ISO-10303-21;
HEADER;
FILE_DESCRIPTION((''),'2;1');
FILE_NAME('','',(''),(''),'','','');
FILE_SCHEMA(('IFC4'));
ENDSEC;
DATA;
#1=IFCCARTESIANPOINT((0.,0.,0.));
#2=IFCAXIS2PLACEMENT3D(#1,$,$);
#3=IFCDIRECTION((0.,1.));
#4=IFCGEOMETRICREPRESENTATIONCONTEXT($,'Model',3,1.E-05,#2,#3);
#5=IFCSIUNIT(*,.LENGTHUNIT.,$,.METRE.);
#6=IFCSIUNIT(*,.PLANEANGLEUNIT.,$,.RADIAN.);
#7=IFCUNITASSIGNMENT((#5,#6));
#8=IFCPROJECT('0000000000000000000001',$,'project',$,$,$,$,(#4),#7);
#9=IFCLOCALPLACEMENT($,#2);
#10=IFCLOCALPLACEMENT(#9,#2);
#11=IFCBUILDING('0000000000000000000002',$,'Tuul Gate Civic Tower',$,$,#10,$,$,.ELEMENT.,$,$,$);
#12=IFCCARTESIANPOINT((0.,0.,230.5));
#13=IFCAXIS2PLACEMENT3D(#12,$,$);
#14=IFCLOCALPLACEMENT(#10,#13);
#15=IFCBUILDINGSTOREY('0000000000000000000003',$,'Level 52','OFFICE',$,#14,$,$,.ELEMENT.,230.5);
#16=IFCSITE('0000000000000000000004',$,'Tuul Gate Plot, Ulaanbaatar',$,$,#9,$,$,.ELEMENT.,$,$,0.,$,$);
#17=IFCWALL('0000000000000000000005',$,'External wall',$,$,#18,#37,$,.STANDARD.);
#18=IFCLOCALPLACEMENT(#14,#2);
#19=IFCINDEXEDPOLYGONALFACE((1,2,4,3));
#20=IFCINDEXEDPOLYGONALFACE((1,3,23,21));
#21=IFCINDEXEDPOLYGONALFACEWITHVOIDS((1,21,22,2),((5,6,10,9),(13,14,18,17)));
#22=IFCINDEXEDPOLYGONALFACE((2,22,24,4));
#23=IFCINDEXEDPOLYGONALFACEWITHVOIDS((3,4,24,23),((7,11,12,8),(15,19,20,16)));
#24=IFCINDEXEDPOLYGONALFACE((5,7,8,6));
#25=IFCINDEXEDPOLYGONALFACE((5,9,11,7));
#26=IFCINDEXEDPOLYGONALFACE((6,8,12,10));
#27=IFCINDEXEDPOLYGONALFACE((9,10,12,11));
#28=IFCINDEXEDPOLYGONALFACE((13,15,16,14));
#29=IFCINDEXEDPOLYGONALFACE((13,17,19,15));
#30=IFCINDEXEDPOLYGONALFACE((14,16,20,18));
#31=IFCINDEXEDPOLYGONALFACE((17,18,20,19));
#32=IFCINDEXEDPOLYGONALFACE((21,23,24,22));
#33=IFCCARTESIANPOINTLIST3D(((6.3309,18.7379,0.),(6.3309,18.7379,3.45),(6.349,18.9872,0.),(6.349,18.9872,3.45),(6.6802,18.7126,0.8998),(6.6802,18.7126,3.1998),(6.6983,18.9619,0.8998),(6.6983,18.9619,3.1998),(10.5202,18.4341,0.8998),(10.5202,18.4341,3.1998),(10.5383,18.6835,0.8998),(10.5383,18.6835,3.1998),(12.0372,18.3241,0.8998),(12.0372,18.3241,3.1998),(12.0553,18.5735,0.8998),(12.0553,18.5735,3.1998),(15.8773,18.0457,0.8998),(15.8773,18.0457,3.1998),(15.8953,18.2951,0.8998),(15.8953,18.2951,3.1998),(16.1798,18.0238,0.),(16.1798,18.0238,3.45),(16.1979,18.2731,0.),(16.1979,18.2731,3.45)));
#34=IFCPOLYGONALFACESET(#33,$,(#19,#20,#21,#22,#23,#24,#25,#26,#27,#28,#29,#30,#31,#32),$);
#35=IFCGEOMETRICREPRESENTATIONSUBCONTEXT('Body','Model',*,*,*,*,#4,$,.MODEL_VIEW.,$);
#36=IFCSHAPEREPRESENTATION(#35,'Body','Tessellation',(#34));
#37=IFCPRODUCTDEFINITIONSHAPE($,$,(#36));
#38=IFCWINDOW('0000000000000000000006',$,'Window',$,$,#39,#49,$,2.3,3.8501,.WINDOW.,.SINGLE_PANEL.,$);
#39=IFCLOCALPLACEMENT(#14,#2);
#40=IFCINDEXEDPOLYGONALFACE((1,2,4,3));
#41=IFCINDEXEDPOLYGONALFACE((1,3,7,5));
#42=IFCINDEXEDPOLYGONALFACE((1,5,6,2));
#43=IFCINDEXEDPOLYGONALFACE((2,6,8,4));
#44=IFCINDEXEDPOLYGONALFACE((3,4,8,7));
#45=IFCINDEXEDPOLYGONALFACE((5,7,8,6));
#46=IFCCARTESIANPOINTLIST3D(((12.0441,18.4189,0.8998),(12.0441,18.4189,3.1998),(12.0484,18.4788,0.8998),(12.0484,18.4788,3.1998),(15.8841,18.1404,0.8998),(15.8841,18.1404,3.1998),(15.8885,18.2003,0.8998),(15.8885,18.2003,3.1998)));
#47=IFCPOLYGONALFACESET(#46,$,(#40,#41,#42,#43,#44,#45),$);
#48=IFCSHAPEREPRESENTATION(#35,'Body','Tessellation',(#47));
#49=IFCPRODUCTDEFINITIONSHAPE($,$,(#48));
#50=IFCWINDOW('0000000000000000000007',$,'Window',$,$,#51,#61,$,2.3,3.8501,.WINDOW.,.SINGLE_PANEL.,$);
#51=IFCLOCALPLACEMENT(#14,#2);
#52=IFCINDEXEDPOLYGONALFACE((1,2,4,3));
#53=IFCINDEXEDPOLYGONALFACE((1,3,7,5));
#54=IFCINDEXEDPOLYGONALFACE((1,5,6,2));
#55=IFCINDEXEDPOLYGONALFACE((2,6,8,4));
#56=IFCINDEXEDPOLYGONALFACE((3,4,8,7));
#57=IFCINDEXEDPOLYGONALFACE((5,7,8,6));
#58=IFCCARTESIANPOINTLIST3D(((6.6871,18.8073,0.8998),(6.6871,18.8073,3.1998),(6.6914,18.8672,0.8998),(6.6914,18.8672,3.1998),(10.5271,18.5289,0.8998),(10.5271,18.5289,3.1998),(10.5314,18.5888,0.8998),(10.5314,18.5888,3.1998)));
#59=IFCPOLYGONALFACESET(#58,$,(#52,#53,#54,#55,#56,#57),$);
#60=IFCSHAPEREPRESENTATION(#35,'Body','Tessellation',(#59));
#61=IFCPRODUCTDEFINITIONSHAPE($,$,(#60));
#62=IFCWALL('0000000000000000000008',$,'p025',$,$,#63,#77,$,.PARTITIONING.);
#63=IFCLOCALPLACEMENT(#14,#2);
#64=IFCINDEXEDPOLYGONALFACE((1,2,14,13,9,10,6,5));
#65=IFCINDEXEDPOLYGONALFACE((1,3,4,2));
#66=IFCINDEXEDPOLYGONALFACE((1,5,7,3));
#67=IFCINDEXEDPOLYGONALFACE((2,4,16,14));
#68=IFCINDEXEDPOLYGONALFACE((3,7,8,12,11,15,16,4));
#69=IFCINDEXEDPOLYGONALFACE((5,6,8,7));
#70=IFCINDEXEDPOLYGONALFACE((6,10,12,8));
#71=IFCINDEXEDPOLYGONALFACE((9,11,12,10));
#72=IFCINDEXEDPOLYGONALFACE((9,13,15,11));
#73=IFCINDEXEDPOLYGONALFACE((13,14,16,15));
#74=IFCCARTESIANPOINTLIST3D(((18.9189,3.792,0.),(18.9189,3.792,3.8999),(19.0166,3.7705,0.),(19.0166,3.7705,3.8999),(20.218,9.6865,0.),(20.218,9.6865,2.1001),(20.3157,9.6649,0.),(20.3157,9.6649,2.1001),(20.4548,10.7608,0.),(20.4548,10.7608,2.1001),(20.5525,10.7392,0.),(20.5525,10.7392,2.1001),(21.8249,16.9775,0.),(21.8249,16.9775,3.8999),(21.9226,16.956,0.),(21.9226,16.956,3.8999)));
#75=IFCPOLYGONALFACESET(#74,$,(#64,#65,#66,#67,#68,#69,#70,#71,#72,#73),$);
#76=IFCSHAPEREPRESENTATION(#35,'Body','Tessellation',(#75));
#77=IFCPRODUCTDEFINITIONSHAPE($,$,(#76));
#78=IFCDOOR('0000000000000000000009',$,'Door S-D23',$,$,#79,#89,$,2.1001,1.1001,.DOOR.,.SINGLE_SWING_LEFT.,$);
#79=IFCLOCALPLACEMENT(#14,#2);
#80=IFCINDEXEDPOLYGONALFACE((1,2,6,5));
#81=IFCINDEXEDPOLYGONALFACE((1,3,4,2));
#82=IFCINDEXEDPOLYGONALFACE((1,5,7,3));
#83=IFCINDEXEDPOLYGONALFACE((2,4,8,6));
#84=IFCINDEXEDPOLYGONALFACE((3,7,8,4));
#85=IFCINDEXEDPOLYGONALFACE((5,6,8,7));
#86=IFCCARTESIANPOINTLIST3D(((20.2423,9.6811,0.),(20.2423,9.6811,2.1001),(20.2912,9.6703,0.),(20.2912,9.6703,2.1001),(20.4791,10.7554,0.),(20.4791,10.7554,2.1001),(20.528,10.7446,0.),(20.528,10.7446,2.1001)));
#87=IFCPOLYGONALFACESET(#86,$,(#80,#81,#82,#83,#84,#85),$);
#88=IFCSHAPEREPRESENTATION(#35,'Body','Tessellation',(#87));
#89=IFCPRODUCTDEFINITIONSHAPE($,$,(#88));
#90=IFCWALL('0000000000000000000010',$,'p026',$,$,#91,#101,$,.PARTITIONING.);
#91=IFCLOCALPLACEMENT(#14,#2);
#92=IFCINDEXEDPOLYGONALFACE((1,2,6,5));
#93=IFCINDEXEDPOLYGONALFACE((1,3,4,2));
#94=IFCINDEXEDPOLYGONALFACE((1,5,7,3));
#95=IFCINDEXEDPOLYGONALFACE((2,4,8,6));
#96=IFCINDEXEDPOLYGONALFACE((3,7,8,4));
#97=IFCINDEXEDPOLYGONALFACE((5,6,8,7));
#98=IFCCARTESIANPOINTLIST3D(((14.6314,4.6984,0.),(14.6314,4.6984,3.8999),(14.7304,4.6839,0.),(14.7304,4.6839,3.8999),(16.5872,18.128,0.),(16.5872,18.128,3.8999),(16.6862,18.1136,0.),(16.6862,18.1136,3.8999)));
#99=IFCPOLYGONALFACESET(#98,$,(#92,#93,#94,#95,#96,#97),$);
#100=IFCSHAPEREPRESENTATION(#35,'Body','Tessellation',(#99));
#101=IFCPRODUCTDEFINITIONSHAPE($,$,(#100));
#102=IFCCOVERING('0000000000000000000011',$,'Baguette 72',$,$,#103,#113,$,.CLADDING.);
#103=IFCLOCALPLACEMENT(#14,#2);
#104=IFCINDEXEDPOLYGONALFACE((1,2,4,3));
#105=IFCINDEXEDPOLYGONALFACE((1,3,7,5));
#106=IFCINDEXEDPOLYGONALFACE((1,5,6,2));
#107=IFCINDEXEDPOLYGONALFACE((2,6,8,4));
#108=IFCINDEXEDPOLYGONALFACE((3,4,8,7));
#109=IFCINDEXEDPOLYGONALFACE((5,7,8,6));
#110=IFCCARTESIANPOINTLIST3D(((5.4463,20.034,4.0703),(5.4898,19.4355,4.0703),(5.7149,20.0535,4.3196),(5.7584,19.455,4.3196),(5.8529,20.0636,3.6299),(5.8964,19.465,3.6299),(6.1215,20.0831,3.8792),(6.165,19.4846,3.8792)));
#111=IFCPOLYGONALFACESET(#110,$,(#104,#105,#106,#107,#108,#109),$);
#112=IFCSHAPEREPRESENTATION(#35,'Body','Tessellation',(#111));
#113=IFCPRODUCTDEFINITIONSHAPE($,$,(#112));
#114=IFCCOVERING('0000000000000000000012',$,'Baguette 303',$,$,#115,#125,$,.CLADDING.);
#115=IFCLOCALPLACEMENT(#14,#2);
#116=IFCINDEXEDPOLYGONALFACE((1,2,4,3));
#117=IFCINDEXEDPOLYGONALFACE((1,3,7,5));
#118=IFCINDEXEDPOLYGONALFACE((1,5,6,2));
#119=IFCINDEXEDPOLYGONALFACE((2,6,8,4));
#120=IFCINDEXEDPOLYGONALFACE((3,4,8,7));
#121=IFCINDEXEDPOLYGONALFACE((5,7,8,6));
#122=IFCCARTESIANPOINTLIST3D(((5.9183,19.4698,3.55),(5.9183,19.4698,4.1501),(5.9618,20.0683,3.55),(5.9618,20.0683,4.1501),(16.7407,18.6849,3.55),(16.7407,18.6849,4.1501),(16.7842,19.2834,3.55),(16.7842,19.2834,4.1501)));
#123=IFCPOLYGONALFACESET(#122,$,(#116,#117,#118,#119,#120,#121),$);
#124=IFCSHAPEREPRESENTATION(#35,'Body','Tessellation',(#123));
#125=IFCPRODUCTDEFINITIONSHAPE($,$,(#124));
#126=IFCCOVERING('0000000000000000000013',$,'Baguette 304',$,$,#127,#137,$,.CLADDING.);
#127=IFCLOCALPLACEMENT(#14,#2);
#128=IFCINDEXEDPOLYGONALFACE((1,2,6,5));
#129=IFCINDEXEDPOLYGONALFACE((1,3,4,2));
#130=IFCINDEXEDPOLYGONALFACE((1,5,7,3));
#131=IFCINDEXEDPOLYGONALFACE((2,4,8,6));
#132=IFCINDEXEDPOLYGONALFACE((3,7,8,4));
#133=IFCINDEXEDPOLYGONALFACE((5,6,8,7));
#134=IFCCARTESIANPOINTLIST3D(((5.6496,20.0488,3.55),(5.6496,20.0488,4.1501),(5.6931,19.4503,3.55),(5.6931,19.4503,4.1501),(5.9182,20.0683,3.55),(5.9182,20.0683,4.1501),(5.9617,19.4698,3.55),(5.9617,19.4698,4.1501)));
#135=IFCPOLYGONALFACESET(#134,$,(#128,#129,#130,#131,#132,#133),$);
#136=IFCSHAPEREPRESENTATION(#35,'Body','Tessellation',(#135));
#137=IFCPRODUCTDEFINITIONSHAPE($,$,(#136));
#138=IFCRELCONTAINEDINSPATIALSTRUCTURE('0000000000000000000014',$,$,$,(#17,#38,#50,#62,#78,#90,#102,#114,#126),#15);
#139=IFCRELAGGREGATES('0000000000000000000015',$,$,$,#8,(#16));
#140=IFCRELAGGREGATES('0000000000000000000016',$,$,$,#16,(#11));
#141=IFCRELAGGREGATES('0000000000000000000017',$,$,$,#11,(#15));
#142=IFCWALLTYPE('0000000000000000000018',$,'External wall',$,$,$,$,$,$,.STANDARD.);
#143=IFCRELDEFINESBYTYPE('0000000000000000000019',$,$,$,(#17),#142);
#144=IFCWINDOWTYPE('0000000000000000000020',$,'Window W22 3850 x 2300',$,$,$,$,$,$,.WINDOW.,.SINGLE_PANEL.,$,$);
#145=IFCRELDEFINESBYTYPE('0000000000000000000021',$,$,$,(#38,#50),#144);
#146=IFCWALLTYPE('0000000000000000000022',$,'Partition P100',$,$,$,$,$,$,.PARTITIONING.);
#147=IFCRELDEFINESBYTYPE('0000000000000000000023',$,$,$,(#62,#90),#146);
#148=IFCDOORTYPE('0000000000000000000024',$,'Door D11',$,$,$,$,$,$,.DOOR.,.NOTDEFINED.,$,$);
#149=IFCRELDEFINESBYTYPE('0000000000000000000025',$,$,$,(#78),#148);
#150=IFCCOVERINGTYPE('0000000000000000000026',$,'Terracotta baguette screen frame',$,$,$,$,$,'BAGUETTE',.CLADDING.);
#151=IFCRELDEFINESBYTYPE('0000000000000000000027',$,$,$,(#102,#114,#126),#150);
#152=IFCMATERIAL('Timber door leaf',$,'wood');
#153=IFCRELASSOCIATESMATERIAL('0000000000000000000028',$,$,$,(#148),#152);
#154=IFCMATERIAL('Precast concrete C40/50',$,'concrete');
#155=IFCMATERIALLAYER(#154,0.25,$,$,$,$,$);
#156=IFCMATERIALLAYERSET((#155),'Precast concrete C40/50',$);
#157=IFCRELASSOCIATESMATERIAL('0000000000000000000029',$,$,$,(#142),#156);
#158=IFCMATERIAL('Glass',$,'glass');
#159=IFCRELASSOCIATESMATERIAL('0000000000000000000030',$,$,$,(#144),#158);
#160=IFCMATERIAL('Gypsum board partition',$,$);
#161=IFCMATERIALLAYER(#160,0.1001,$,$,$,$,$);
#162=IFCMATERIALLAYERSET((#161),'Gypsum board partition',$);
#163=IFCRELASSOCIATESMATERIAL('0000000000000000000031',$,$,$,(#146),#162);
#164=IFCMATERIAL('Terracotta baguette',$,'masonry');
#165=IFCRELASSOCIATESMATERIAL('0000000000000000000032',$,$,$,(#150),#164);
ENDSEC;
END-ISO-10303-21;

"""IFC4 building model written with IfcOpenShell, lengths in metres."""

from ifc_helpers import new_model, si_unit, direction, frame, frame_2d, origin, origin_2d, place, context, subcontext, project, spatial, rectangle, extrude, material, layer, layer_set, material_profile, profile_set, type_object, element, fill, save


model = new_model("IFC4")

# Units and contexts
model_context = context("Model", 3, precision=1e-05, world=origin(), true_north=direction((0.0, 1.0)))
body_context = subcontext(model_context, "Body", "Model", "MODEL_VIEW")
ifc_project = project(units=[si_unit("LENGTHUNIT", "METRE"), si_unit("PLANEANGLEUNIT", "RADIAN")], contexts=[model_context])

# Site, building, storey
site_placement = place(None, origin())
site = spatial("IfcSite", under=ifc_project, at=site_placement, Name="Tuul Gate Plot, Ulaanbaatar", CompositionType="ELEMENT", RefElevation=0.0)
building_placement = place(site_placement, origin())
building = spatial("IfcBuilding", under=site, at=building_placement, Name="Tuul Gate Civic Tower", CompositionType="ELEMENT")
storey_placement = place(building_placement, frame((0.0, 0.0, 230.5)))
storey = spatial("IfcBuildingStorey", under=building, at=storey_placement, Name="Level 52", Description="OFFICE", CompositionType="ELEMENT", Elevation=230.5)

# Shared definitions
ifc_material_1 = material(Name="Timber door leaf", Category="wood")
door_type_1 = type_object("IfcDoorType", Name="Door D11", OperationType="NOTDEFINED", PredefinedType="DOOR", material=ifc_material_1)

# Wall, openings, windows
ifc_material_2 = material(Name="Precast concrete C40/50", Category="concrete")
ifc_layer_1 = layer(ifc_material_2, 0.25)
ifc_layer_set_1 = layer_set([ifc_layer_1], Name="Precast concrete C40/50")
wall_type_1 = type_object("IfcWallType", Name="External wall", PredefinedType="STANDARD", material=ifc_layer_set_1)
wall_1_placement = place(storey_placement, frame((16.189, 18.1484, 0.0), z_axis=(0.0, 0.0, 1.0), x_axis=(-0.997382, 0.072317, 0.0)))
wall_1 = element("IfcWall", 1, at=wall_1_placement, inside=storey, type_object=wall_type_1, Name="External wall", PredefinedType="STANDARD", context=body_context, shape_type="SweptSolid", body=[
    extrude(rectangle(XDim=9.8748, YDim=0.25, at=frame_2d((4.9375, 0.0))), origin(), (0.0, 0.0, 1.0), 3.45),
])
opening_1_placement = place(wall_1_placement, frame((0.3035, 0.0, 0.8999)))
opening_1 = element("IfcOpeningElement", 2, at=opening_1_placement, cuts=wall_1, PredefinedType="OPENING", context=body_context, shape_type="SweptSolid", body=[
    extrude(rectangle(XDim=3.8501, YDim=2.3, at=frame_2d((1.925, 1.1499))), frame((0.0, 0.135, 0.0), z_axis=(0.0, -1.0, 0.0), x_axis=(1.0, 0.0, 0.0)), (0.0, 0.0, 1.0), 0.27),
])
opening_2_placement = place(wall_1_placement, frame((5.6746, 0.0, 0.8999)))
opening_2 = element("IfcOpeningElement", 3, at=opening_2_placement, cuts=wall_1, PredefinedType="OPENING", context=body_context, shape_type="SweptSolid", body=[
    extrude(rectangle(XDim=3.8501, YDim=2.3, at=frame_2d((1.925, 1.1499))), frame((0.0, 0.135, 0.0), z_axis=(0.0, -1.0, 0.0), x_axis=(1.0, 0.0, 0.0)), (0.0, 0.0, 1.0), 0.27),
])
ifc_material_3 = material(Name="Glass", Category="glass")
window_type = type_object("IfcWindowType", Name="Window W22 3850 x 2300", PartitioningType="SINGLE_PANEL", PredefinedType="WINDOW", material=ifc_material_3)
window_1_placement = place(opening_1_placement, origin())
window_1 = element("IfcWindow", 4, at=window_1_placement, inside=storey, type_object=window_type, Name="Window", OverallHeight=2.3, OverallWidth=3.8501, PartitioningType="SINGLE_PANEL", PredefinedType="WINDOW", context=body_context, shape_type="SweptSolid", body=[
    extrude(rectangle(XDim=3.8501, YDim=2.3, at=frame_2d((1.925, 1.1499))), frame((0.0, 0.03, 0.0), z_axis=(0.0, -1.0, 0.0), x_axis=(1.0, 0.0, 0.0)), (0.0, 0.0, 1.0), 0.0601),
])
fill(opening_1, window_1)
window_2_placement = place(opening_2_placement, origin())
window_2 = element("IfcWindow", 5, at=window_2_placement, inside=storey, type_object=window_type, Name="Window", OverallHeight=2.3, OverallWidth=3.8501, PartitioningType="SINGLE_PANEL", PredefinedType="WINDOW", context=body_context, shape_type="SweptSolid", body=[
    extrude(rectangle(XDim=3.8501, YDim=2.3, at=frame_2d((1.925, 1.1499))), frame((0.0, 0.03, 0.0), z_axis=(0.0, -1.0, 0.0), x_axis=(1.0, 0.0, 0.0)), (0.0, 0.0, 1.0), 0.0601),
])
fill(opening_2, window_2)

# Wall, opening, door
ifc_material_4 = material(Name="Gypsum board partition")
ifc_layer_2 = layer(ifc_material_4, 0.1001)
ifc_layer_set_2 = layer_set([ifc_layer_2], Name="Gypsum board partition")
wall_type_2 = type_object("IfcWallType", Name="Partition P100", PredefinedType="PARTITIONING", material=ifc_layer_set_2)
wall_2_placement = place(storey_placement, frame((18.9678, 3.7812, 0.0), z_axis=(0.0, 0.0, 1.0), x_axis=(0.215228, 0.976564, 0.0)))
wall_2 = element("IfcWall", 6, at=wall_2_placement, inside=storey, type_object=wall_type_2, Name="p025", PredefinedType="PARTITIONING", context=body_context, shape_type="SweptSolid", body=[
    extrude(rectangle(XDim=13.502, YDim=0.1001, at=frame_2d((6.751, 0.0))), origin(), (0.0, 0.0, 1.0), 3.8999),
])
opening_3_placement = place(wall_2_placement, frame((6.0359, 0.0, 0.0)))
opening_3 = element("IfcOpeningElement", 7, at=opening_3_placement, cuts=wall_2, PredefinedType="OPENING", context=body_context, shape_type="SweptSolid", body=[
    extrude(rectangle(XDim=1.1001, YDim=2.1001, at=frame_2d((0.55, 1.05))), frame((0.0, 0.0601, 0.0), z_axis=(0.0, -1.0, 0.0), x_axis=(1.0, 0.0, 0.0)), (0.0, 0.0, 1.0), 0.1201),
])
door_1_placement = place(opening_3_placement, frame((1.1001, 0.0, 0.0), z_axis=(0.0, 0.0, 1.0), x_axis=(-1.0, 0.0, 0.0)))
door_1 = element("IfcDoor", 8, at=door_1_placement, inside=storey, type_object=door_type_1, Name="Door S-D23", OperationType="SINGLE_SWING_LEFT", OverallHeight=2.1001, OverallWidth=1.1001, PredefinedType="DOOR", context=body_context, shape_type="SweptSolid", body=[
    extrude(rectangle(XDim=1.1001, YDim=2.1001, at=frame_2d((0.55, 1.05))), frame((0.0, 0.0249, 0.0), z_axis=(0.0, -1.0, 0.0), x_axis=(1.0, 0.0, 0.0)), (0.0, 0.0, 1.0), 0.05),
])
fill(opening_3, door_1)

# Wall
wall_3_placement = place(storey_placement, frame((14.6809, 4.6912, 0.0), z_axis=(0.0, 0.0, 1.0), x_axis=(0.144113, 0.989561, 0.0)))
element("IfcWall", 9, at=wall_3_placement, inside=storey, type_object=wall_type_2, Name="p026", PredefinedType="PARTITIONING", context=body_context, shape_type="SweptSolid", body=[
    extrude(rectangle(XDim=13.5713, YDim=0.1001, at=frame_2d((6.7856, 0.0))), origin(), (0.0, 0.0, 1.0), 3.8999),
])

# Coverings
ifc_material_5 = material(Name="Terracotta baguette", Category="masonry")
ifc_material_profile_1 = material_profile(ifc_material_5, rectangle(XDim=0.6001, YDim=0.6001, at=origin_2d()), Name="Terracotta baguette screen frame")
ifc_profile_set_1 = profile_set([ifc_material_profile_1], Name="Terracotta baguette")
covering_type = type_object("IfcCoveringType", Name="Terracotta baguette screen frame", ElementType="BAGUETTE", PredefinedType="CLADDING", material=ifc_profile_set_1)
covering_1_placement = place(storey_placement, frame((5.9399, 19.769, 4.0994), z_axis=(-0.731897, -0.053229, -0.679333), x_axis=(0.072536, -0.997366, 0.0)))
element("IfcCovering", 10, at=covering_1_placement, inside=storey, type_object=covering_type, Name="Baguette 72", PredefinedType="CLADDING", context=body_context, shape_type="SweptSolid", body=[
    extrude(rectangle(XDim=0.6001, YDim=0.6001, at=origin_2d()), origin(), (0.0, 0.0, 1.0), 0.3669),
])
covering_2_placement = place(storey_placement, frame((16.7625, 18.9841, 3.8501), z_axis=(-0.99738, 0.072336, 0.0), x_axis=(-0.072336, -0.99738, 0.0)))
element("IfcCovering", 11, at=covering_2_placement, inside=storey, type_object=covering_type, Name="Baguette 303", PredefinedType="CLADDING", context=body_context, shape_type="SweptSolid", body=[
    extrude(rectangle(XDim=0.6001, YDim=0.6001, at=origin_2d()), origin(), (0.0, 0.0, 1.0), 10.8508),
])
covering_3_placement = place(storey_placement, frame((5.9399, 19.769, 3.8501), z_axis=(-0.997366, -0.072536, 0.0), x_axis=(0.072536, -0.997366, 0.0)))
element("IfcCovering", 12, at=covering_3_placement, inside=storey, type_object=covering_type, Name="Baguette 304", PredefinedType="CLADDING", context=body_context, shape_type="SweptSolid", body=[
    extrude(rectangle(XDim=0.6001, YDim=0.6001, at=origin_2d()), origin(), (0.0, 0.0, 1.0), 0.2693),
])

save(model, "model.ifc")
